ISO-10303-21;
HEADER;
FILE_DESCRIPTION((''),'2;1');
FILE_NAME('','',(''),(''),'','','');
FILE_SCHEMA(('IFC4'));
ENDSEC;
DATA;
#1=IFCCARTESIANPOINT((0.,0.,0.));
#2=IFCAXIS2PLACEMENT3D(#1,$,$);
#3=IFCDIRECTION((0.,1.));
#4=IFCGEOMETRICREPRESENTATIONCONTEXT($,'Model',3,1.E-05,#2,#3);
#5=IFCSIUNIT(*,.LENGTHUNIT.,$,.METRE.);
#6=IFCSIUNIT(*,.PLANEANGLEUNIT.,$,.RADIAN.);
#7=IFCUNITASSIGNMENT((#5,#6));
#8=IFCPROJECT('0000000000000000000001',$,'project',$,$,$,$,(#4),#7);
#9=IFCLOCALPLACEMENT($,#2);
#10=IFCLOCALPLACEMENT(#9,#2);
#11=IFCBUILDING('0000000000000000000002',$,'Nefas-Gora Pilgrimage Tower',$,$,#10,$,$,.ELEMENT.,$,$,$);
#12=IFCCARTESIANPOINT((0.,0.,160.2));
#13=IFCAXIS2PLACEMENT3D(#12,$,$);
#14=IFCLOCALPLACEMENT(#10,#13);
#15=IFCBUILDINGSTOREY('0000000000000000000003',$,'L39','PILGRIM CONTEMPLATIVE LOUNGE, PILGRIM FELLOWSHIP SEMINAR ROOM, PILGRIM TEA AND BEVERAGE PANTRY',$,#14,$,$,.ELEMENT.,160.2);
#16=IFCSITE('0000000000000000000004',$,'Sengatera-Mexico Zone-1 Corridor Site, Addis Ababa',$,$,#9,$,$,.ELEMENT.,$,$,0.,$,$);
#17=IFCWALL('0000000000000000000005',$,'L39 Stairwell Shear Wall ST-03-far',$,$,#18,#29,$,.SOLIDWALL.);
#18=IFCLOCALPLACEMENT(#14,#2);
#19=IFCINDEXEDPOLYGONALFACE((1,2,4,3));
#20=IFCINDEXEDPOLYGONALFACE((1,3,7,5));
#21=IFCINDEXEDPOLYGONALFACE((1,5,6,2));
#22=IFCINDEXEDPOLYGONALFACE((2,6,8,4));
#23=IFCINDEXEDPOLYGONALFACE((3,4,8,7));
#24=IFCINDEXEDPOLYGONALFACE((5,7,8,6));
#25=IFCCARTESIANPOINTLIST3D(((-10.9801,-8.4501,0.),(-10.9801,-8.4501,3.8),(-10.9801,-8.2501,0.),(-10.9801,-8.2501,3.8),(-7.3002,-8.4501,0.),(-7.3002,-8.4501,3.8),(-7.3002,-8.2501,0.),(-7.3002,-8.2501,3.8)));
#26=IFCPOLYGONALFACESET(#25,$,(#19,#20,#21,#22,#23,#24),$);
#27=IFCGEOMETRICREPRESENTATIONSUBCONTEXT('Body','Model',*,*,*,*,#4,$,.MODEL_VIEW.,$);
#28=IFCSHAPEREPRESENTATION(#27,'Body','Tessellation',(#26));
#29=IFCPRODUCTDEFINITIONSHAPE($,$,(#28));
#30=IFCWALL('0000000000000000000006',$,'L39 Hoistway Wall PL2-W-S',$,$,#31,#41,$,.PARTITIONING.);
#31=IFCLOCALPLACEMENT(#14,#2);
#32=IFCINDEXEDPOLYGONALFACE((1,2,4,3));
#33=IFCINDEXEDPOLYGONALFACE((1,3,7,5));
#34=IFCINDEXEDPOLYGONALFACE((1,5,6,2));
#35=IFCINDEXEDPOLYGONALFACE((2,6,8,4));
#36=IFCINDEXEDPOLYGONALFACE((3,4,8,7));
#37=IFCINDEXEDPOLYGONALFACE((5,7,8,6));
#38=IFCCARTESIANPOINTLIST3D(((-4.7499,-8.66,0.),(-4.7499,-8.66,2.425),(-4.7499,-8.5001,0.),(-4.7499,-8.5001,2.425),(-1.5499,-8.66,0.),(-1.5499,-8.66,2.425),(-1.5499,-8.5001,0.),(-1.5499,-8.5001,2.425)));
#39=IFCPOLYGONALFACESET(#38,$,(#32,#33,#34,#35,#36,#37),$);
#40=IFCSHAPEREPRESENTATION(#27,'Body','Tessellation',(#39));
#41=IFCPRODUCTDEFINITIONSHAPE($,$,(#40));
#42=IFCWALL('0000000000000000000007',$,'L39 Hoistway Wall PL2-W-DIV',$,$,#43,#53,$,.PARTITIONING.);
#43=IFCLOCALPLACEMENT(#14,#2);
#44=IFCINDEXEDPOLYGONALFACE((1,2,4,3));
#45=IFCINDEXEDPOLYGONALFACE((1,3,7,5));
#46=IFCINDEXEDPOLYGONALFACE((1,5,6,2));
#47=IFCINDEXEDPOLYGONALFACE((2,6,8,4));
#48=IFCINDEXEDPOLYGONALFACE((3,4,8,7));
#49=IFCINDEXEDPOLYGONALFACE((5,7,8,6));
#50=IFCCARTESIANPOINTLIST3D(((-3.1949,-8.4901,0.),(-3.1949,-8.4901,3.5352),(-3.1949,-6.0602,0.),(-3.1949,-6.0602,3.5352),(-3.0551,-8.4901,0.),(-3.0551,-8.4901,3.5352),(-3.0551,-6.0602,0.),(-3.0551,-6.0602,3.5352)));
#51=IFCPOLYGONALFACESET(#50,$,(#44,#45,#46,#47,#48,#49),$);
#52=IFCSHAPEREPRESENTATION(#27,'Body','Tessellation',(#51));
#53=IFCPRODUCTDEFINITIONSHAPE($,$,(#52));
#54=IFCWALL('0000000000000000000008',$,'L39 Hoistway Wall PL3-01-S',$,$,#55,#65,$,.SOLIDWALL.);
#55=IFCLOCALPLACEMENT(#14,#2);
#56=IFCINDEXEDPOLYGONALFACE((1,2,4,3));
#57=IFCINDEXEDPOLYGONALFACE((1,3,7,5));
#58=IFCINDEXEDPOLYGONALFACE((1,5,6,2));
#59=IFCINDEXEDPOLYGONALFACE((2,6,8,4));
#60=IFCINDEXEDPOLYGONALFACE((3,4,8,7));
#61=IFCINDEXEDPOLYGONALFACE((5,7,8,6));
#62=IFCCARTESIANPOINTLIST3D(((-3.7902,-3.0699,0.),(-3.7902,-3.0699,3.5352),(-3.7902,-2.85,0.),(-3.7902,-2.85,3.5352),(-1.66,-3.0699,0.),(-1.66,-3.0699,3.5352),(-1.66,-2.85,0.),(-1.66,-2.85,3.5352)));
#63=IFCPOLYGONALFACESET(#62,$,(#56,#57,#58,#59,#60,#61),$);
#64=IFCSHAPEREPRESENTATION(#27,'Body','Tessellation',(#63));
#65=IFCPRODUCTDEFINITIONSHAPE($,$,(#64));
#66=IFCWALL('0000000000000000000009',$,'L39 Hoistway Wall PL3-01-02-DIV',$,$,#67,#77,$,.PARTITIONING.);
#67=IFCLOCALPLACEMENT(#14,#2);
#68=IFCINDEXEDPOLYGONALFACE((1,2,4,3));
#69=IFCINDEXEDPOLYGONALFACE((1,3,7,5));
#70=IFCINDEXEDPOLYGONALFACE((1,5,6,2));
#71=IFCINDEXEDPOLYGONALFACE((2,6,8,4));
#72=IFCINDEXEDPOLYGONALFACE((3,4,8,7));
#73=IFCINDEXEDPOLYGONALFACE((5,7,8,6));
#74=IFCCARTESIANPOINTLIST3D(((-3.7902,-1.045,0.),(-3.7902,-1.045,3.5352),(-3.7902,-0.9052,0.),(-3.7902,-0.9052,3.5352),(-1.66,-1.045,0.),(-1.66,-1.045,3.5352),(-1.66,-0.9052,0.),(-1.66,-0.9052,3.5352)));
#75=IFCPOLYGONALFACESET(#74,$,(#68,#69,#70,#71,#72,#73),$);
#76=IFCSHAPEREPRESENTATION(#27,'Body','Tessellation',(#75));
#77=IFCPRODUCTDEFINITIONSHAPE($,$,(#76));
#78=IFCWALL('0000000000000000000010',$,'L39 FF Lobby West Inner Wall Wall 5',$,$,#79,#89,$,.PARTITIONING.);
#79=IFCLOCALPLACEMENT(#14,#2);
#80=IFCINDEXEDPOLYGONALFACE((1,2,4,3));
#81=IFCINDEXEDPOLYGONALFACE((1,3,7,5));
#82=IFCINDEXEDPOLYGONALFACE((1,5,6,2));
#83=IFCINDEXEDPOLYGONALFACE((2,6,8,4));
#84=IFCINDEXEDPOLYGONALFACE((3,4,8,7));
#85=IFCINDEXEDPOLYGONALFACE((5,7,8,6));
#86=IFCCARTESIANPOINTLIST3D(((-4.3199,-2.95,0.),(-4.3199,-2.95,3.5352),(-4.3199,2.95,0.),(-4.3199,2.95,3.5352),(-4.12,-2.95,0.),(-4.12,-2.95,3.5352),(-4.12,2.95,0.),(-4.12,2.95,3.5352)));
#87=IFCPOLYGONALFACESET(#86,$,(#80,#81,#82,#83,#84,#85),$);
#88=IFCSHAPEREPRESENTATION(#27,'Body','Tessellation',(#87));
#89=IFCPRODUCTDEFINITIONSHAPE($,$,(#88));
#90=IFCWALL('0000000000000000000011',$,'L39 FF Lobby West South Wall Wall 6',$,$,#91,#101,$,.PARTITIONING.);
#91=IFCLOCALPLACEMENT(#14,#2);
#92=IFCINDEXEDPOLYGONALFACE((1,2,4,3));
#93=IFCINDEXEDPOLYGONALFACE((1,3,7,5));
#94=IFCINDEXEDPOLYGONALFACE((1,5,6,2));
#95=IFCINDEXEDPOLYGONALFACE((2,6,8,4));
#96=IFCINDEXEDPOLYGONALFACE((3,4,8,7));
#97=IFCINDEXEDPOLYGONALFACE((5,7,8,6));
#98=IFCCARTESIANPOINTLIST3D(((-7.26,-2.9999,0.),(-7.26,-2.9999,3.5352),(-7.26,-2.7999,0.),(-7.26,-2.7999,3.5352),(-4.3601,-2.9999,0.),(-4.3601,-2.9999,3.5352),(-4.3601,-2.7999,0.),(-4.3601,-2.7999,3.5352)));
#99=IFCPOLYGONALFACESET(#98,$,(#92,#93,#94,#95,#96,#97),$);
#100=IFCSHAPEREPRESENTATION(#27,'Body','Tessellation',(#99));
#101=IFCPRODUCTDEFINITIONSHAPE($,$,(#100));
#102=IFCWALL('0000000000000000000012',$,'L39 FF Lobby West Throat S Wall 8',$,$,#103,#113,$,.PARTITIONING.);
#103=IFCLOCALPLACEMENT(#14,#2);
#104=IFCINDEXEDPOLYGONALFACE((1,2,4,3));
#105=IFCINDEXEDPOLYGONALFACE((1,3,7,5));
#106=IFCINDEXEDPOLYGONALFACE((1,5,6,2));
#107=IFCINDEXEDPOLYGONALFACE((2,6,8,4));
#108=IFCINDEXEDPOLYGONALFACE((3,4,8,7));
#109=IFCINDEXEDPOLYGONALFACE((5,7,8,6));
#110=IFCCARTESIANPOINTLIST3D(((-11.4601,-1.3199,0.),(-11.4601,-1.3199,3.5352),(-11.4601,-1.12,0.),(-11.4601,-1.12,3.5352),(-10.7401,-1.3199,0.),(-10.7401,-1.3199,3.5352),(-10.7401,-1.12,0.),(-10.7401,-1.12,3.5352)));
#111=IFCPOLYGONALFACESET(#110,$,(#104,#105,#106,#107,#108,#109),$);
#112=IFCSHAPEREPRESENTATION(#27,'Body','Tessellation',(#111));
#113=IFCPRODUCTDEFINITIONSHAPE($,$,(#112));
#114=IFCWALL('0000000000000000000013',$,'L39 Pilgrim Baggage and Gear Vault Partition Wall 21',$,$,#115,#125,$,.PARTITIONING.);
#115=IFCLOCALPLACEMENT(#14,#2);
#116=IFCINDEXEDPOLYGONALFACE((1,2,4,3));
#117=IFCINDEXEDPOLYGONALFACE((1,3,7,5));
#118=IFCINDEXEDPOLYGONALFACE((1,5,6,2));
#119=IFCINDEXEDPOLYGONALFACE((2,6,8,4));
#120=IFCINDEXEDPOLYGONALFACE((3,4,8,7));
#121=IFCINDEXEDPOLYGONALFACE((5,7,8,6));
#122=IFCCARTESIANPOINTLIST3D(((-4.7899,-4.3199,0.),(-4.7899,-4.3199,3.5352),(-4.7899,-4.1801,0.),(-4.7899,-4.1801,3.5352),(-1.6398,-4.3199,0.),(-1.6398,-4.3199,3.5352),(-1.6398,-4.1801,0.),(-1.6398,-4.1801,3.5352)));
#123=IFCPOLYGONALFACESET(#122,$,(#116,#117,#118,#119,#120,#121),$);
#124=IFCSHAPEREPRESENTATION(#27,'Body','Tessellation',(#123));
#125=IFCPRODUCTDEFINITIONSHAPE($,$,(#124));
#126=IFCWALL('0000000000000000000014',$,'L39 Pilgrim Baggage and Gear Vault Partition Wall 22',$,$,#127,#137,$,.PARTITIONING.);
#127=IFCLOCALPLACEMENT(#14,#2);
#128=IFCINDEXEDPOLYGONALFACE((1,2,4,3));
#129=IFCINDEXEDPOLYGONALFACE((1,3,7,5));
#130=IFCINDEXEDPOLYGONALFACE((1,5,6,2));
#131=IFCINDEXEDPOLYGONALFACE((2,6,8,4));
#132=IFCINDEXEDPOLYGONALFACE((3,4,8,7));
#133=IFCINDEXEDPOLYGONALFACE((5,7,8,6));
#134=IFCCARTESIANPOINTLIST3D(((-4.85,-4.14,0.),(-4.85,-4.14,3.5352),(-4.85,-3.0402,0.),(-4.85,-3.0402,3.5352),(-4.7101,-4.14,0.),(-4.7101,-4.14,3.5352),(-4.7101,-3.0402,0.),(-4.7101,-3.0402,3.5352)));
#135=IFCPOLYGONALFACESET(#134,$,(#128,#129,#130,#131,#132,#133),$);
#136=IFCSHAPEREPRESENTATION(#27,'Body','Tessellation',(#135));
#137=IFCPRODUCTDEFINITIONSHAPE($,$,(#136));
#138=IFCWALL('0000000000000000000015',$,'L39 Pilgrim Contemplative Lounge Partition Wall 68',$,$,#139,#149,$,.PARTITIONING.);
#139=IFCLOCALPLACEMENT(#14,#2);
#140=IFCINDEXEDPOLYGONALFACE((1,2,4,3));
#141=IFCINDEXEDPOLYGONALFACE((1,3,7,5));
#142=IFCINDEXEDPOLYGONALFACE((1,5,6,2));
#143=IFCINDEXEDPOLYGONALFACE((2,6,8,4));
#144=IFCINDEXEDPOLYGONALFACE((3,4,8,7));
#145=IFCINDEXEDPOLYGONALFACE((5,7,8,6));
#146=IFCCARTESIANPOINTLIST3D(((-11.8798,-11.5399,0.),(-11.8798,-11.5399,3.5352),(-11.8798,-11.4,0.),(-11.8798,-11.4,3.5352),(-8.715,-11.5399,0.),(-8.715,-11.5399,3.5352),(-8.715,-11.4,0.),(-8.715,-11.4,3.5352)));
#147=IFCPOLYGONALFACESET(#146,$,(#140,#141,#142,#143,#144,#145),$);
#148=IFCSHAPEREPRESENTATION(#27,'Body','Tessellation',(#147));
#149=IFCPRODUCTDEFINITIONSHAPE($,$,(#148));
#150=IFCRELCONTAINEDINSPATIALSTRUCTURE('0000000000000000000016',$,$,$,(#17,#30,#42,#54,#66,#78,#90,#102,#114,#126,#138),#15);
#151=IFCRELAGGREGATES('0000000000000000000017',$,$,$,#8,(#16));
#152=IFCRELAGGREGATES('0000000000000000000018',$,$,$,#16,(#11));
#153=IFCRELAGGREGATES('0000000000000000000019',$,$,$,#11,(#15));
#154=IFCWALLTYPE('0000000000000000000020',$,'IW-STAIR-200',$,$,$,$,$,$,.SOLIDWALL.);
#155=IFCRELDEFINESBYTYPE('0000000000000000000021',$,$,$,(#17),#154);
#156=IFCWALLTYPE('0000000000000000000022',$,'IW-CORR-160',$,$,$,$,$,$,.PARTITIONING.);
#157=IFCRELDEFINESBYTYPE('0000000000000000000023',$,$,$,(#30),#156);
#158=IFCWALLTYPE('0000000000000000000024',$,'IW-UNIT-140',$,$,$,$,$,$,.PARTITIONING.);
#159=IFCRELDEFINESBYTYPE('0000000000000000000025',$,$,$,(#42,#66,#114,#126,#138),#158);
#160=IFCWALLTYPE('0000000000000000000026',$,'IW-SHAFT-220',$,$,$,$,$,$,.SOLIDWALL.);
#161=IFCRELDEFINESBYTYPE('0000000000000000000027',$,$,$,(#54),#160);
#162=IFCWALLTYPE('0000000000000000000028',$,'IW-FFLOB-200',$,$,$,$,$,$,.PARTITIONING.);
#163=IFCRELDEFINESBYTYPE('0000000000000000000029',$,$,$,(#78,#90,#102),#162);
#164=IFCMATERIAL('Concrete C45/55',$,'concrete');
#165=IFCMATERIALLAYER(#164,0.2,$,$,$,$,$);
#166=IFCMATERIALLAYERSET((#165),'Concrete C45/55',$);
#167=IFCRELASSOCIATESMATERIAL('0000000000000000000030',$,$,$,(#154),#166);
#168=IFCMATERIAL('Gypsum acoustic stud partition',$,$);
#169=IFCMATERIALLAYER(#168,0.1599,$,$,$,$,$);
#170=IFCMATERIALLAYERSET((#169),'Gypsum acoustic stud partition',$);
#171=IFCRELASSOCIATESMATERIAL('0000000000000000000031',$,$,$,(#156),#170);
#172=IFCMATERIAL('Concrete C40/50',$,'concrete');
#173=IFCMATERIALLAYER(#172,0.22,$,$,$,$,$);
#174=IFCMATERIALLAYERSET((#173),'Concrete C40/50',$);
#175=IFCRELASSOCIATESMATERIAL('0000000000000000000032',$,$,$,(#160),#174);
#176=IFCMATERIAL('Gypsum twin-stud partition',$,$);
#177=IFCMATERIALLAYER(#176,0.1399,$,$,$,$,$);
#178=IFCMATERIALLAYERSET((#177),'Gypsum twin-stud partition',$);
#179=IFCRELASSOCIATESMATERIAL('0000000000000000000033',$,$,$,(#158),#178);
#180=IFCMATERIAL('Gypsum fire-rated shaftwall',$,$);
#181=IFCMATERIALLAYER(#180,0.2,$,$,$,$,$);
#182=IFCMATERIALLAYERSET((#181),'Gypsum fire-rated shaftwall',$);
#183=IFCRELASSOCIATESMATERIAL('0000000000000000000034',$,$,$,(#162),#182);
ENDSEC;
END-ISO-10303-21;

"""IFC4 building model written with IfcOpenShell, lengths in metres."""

from ifc_helpers import new_model, si_unit, direction, frame, frame_2d, origin, place, context, subcontext, project, spatial, rectangle, extrude, source, transform, mapped, material, layer, layer_set, type_object, element, save


model = new_model("IFC4")

# Units and contexts
model_context = context("Model", 3, precision=1e-05, world=origin(), true_north=direction((0.0, 1.0)))
body_context = subcontext(model_context, "Body", "Model", "MODEL_VIEW")
ifc_project = project(units=[si_unit("LENGTHUNIT", "METRE"), si_unit("PLANEANGLEUNIT", "RADIAN")], contexts=[model_context])

# Site, building, storey
site_placement = place(None, origin())
site = spatial("IfcSite", under=ifc_project, at=site_placement, Name="Sengatera-Mexico Zone-1 Corridor Site, Addis Ababa", CompositionType="ELEMENT", RefElevation=0.0)
building_placement = place(site_placement, origin())
building = spatial("IfcBuilding", under=site, at=building_placement, Name="Nefas-Gora Pilgrimage Tower", CompositionType="ELEMENT")
storey_placement = place(building_placement, frame((0.0, 0.0, 160.2)))
storey = spatial("IfcBuildingStorey", under=building, at=storey_placement, Name="L39", Description="PILGRIM CONTEMPLATIVE LOUNGE, PILGRIM FELLOWSHIP SEMINAR ROOM, PILGRIM TEA AND BEVERAGE PANTRY", CompositionType="ELEMENT", Elevation=160.2)

# Shared definitions
ifc_material_1 = material(Name="Concrete C45/55", Category="concrete")
ifc_layer_1 = layer(ifc_material_1, 0.2)
ifc_layer_set_1 = layer_set([ifc_layer_1], Name="Concrete C45/55")
wall_type_1 = type_object("IfcWallType", Name="IW-STAIR-200", PredefinedType="SOLIDWALL", material=ifc_layer_set_1)

# Walls
shared_shape_1 = source(origin(), body_context, "Body", "SweptSolid", [
    extrude(rectangle(XDim=3.6799, YDim=0.2, at=frame_2d((1.8398, 0.0))), origin(), (0.0, 0.0, 1.0), 3.8),
])
wall_1_placement = place(storey_placement, frame((-10.98, -8.3501, 0.0), z_axis=(0.0, 0.0, 1.0), x_axis=(1.0, 0.0, 0.0)))
element("IfcWall", 1, at=wall_1_placement, inside=storey, type_object=wall_type_1, Name="L39 Stairwell Shear Wall ST-03-far", PredefinedType="SOLIDWALL", context=body_context, shape_type="MappedRepresentation", body=[
    mapped(shared_shape_1, transform((0.0, 0.0, 0.0), x_axis=(1.0, 0.0, 0.0), y_axis=(0.0, 1.0, 0.0), z_axis=(0.0, 0.0, 1.0), scale=1.0)),
])
ifc_material_2 = material(Name="Gypsum acoustic stud partition")
ifc_layer_2 = layer(ifc_material_2, 0.1599)
ifc_layer_set_2 = layer_set([ifc_layer_2], Name="Gypsum acoustic stud partition")
wall_type_2 = type_object("IfcWallType", Name="IW-CORR-160", PredefinedType="PARTITIONING", material=ifc_layer_set_2)
shared_shape_2 = source(origin(), body_context, "Body", "SweptSolid", [
    extrude(rectangle(XDim=3.2, YDim=0.1599, at=frame_2d((1.6001, 0.0))), origin(), (0.0, 0.0, 1.0), 2.425),
])
wall_2_placement = place(storey_placement, frame((-4.75, -8.5801, 0.0), z_axis=(0.0, 0.0, 1.0), x_axis=(1.0, 0.0, 0.0)))
element("IfcWall", 2, at=wall_2_placement, inside=storey, type_object=wall_type_2, Name="L39 Hoistway Wall PL2-W-S", PredefinedType="PARTITIONING", context=body_context, shape_type="MappedRepresentation", body=[
    mapped(shared_shape_2, transform((0.0, 0.0, 0.0), x_axis=(1.0, 0.0, 0.0), y_axis=(0.0, 1.0, 0.0), z_axis=(0.0, 0.0, 1.0), scale=1.0)),
])
ifc_material_3 = material(Name="Concrete C40/50", Category="concrete")
ifc_layer_3 = layer(ifc_material_3, 0.22)
ifc_layer_set_3 = layer_set([ifc_layer_3], Name="Concrete C40/50")
wall_type_3 = type_object("IfcWallType", Name="IW-SHAFT-220", PredefinedType="SOLIDWALL", material=ifc_layer_set_3)
ifc_material_4 = material(Name="Gypsum twin-stud partition")
ifc_layer_4 = layer(ifc_material_4, 0.1399)
ifc_layer_set_4 = layer_set([ifc_layer_4], Name="Gypsum twin-stud partition")
wall_type_4 = type_object("IfcWallType", Name="IW-UNIT-140", PredefinedType="PARTITIONING", material=ifc_layer_set_4)
shared_shape_3 = source(origin(), body_context, "Body", "SweptSolid", [
    extrude(rectangle(XDim=2.4299, YDim=0.1399, at=frame_2d((1.2148, 0.0))), origin(), (0.0, 0.0, 1.0), 3.5352),
])
wall_3_placement = place(storey_placement, frame((-3.125, -8.49, 0.0), z_axis=(0.0, 0.0, 1.0), x_axis=(0.0, 1.0, 0.0)))
element("IfcWall", 3, at=wall_3_placement, inside=storey, type_object=wall_type_4, Name="L39 Hoistway Wall PL2-W-DIV", PredefinedType="PARTITIONING", context=body_context, shape_type="MappedRepresentation", body=[
    mapped(shared_shape_3, transform((0.0, 0.0, 0.0), x_axis=(1.0, 0.0, 0.0), y_axis=(0.0, 1.0, 0.0), z_axis=(0.0, 0.0, 1.0), scale=1.0)),
])
shared_shape_4 = source(origin(), body_context, "Body", "SweptSolid", [
    extrude(rectangle(XDim=2.1301, YDim=0.22, at=frame_2d((1.0649, 0.0))), origin(), (0.0, 0.0, 1.0), 3.5352),
])
wall_4_placement = place(storey_placement, frame((-3.79, -2.96, 0.0), z_axis=(0.0, 0.0, 1.0), x_axis=(1.0, 0.0, 0.0)))
element("IfcWall", 4, at=wall_4_placement, inside=storey, type_object=wall_type_3, Name="L39 Hoistway Wall PL3-01-S", PredefinedType="SOLIDWALL", context=body_context, shape_type="MappedRepresentation", body=[
    mapped(shared_shape_4, transform((0.0, 0.0, 0.0), x_axis=(1.0, 0.0, 0.0), y_axis=(0.0, 1.0, 0.0), z_axis=(0.0, 0.0, 1.0), scale=1.0)),
])
shared_shape_5 = source(origin(), body_context, "Body", "SweptSolid", [
    extrude(rectangle(XDim=2.1301, YDim=0.1399, at=frame_2d((1.0649, 0.0))), origin(), (0.0, 0.0, 1.0), 3.5352),
])
wall_5_placement = place(storey_placement, frame((-3.79, -0.9751, 0.0), z_axis=(0.0, 0.0, 1.0), x_axis=(1.0, 0.0, 0.0)))
element("IfcWall", 5, at=wall_5_placement, inside=storey, type_object=wall_type_4, Name="L39 Hoistway Wall PL3-01-02-DIV", PredefinedType="PARTITIONING", context=body_context, shape_type="MappedRepresentation", body=[
    mapped(shared_shape_5, transform((0.0, 0.0, 0.0), x_axis=(1.0, 0.0, 0.0), y_axis=(0.0, 1.0, 0.0), z_axis=(0.0, 0.0, 1.0), scale=1.0)),
])

# Shared definitions
ifc_material_5 = material(Name="Gypsum fire-rated shaftwall")
ifc_layer_5 = layer(ifc_material_5, 0.2)
ifc_layer_set_5 = layer_set([ifc_layer_5], Name="Gypsum fire-rated shaftwall")
wall_type_5 = type_object("IfcWallType", Name="IW-FFLOB-200", PredefinedType="PARTITIONING", material=ifc_layer_set_5)

# Walls
shared_shape_6 = source(origin(), body_context, "Body", "SweptSolid", [
    extrude(rectangle(XDim=5.8999, YDim=0.2, at=frame_2d((2.95, 0.0))), origin(), (0.0, 0.0, 1.0), 3.5352),
])
wall_6_placement = place(storey_placement, frame((-4.22, -2.95, 0.0), z_axis=(0.0, 0.0, 1.0), x_axis=(0.0, 1.0, 0.0)))
element("IfcWall", 6, at=wall_6_placement, inside=storey, type_object=wall_type_5, Name="L39 FF Lobby West Inner Wall Wall 5", PredefinedType="PARTITIONING", context=body_context, shape_type="MappedRepresentation", body=[
    mapped(shared_shape_6, transform((0.0, 0.0, 0.0), x_axis=(1.0, 0.0, 0.0), y_axis=(0.0, 1.0, 0.0), z_axis=(0.0, 0.0, 1.0), scale=1.0)),
])
shared_shape_7 = source(origin(), body_context, "Body", "SweptSolid", [
    extrude(rectangle(XDim=2.8999, YDim=0.2, at=frame_2d((1.45, 0.0))), origin(), (0.0, 0.0, 1.0), 3.5352),
])
wall_7_placement = place(storey_placement, frame((-7.26, -2.8999, 0.0), z_axis=(0.0, 0.0, 1.0), x_axis=(1.0, 0.0, 0.0)))
element("IfcWall", 7, at=wall_7_placement, inside=storey, type_object=wall_type_5, Name="L39 FF Lobby West South Wall Wall 6", PredefinedType="PARTITIONING", context=body_context, shape_type="MappedRepresentation", body=[
    mapped(shared_shape_7, transform((0.0, 0.0, 0.0), x_axis=(1.0, 0.0, 0.0), y_axis=(0.0, 1.0, 0.0), z_axis=(0.0, 0.0, 1.0), scale=1.0)),
])
shared_shape_8 = source(origin(), body_context, "Body", "SweptSolid", [
    extrude(rectangle(XDim=0.72, YDim=0.2, at=frame_2d((0.3599, 0.0))), origin(), (0.0, 0.0, 1.0), 3.5352),
])
wall_8_placement = place(storey_placement, frame((-11.46, -1.22, 0.0), z_axis=(0.0, 0.0, 1.0), x_axis=(1.0, 0.0, 0.0)))
element("IfcWall", 8, at=wall_8_placement, inside=storey, type_object=wall_type_5, Name="L39 FF Lobby West Throat S Wall 8", PredefinedType="PARTITIONING", context=body_context, shape_type="MappedRepresentation", body=[
    mapped(shared_shape_8, transform((0.0, 0.0, 0.0), x_axis=(1.0, 0.0, 0.0), y_axis=(0.0, 1.0, 0.0), z_axis=(0.0, 0.0, 1.0), scale=1.0)),
])
shared_shape_9 = source(origin(), body_context, "Body", "SweptSolid", [
    extrude(rectangle(XDim=3.1501, YDim=0.1399, at=frame_2d((1.5752, 0.0))), origin(), (0.0, 0.0, 1.0), 3.5352),
])
wall_9_placement = place(storey_placement, frame((-4.79, -4.25, 0.0), z_axis=(0.0, 0.0, 1.0), x_axis=(1.0, 0.0, 0.0)))
element("IfcWall", 9, at=wall_9_placement, inside=storey, type_object=wall_type_4, Name="L39 Pilgrim Baggage and Gear Vault Partition Wall 21", PredefinedType="PARTITIONING", context=body_context, shape_type="MappedRepresentation", body=[
    mapped(shared_shape_9, transform((0.0, 0.0, 0.0), x_axis=(1.0, 0.0, 0.0), y_axis=(0.0, 1.0, 0.0), z_axis=(0.0, 0.0, 1.0), scale=1.0)),
])
shared_shape_10 = source(origin(), body_context, "Body", "SweptSolid", [
    extrude(rectangle(XDim=1.0999, YDim=0.1399, at=frame_2d((0.5498, 0.0))), origin(), (0.0, 0.0, 1.0), 3.5352),
])
wall_10_placement = place(storey_placement, frame((-4.78, -4.1399, 0.0), z_axis=(0.0, 0.0, 1.0), x_axis=(0.0, 1.0, 0.0)))
element("IfcWall", 10, at=wall_10_placement, inside=storey, type_object=wall_type_4, Name="L39 Pilgrim Baggage and Gear Vault Partition Wall 22", PredefinedType="PARTITIONING", context=body_context, shape_type="MappedRepresentation", body=[
    mapped(shared_shape_10, transform((0.0, 0.0, 0.0), x_axis=(1.0, 0.0, 0.0), y_axis=(0.0, 1.0, 0.0), z_axis=(0.0, 0.0, 1.0), scale=1.0)),
])
shared_shape_11 = source(origin(), body_context, "Body", "SweptSolid", [
    extrude(rectangle(XDim=3.1648, YDim=0.1399, at=frame_2d((1.5825, 0.0))), origin(), (0.0, 0.0, 1.0), 3.5352),
])
wall_11_placement = place(storey_placement, frame((-11.8799, -11.47, 0.0), z_axis=(0.0, 0.0, 1.0), x_axis=(1.0, 0.0, 0.0)))
element("IfcWall", 11, at=wall_11_placement, inside=storey, type_object=wall_type_4, Name="L39 Pilgrim Contemplative Lounge Partition Wall 68", PredefinedType="PARTITIONING", context=body_context, shape_type="MappedRepresentation", body=[
    mapped(shared_shape_11, transform((0.0, 0.0, 0.0), x_axis=(1.0, 0.0, 0.0), y_axis=(0.0, 1.0, 0.0), z_axis=(0.0, 0.0, 1.0), scale=1.0)),
])

save(model, "model.ifc")
